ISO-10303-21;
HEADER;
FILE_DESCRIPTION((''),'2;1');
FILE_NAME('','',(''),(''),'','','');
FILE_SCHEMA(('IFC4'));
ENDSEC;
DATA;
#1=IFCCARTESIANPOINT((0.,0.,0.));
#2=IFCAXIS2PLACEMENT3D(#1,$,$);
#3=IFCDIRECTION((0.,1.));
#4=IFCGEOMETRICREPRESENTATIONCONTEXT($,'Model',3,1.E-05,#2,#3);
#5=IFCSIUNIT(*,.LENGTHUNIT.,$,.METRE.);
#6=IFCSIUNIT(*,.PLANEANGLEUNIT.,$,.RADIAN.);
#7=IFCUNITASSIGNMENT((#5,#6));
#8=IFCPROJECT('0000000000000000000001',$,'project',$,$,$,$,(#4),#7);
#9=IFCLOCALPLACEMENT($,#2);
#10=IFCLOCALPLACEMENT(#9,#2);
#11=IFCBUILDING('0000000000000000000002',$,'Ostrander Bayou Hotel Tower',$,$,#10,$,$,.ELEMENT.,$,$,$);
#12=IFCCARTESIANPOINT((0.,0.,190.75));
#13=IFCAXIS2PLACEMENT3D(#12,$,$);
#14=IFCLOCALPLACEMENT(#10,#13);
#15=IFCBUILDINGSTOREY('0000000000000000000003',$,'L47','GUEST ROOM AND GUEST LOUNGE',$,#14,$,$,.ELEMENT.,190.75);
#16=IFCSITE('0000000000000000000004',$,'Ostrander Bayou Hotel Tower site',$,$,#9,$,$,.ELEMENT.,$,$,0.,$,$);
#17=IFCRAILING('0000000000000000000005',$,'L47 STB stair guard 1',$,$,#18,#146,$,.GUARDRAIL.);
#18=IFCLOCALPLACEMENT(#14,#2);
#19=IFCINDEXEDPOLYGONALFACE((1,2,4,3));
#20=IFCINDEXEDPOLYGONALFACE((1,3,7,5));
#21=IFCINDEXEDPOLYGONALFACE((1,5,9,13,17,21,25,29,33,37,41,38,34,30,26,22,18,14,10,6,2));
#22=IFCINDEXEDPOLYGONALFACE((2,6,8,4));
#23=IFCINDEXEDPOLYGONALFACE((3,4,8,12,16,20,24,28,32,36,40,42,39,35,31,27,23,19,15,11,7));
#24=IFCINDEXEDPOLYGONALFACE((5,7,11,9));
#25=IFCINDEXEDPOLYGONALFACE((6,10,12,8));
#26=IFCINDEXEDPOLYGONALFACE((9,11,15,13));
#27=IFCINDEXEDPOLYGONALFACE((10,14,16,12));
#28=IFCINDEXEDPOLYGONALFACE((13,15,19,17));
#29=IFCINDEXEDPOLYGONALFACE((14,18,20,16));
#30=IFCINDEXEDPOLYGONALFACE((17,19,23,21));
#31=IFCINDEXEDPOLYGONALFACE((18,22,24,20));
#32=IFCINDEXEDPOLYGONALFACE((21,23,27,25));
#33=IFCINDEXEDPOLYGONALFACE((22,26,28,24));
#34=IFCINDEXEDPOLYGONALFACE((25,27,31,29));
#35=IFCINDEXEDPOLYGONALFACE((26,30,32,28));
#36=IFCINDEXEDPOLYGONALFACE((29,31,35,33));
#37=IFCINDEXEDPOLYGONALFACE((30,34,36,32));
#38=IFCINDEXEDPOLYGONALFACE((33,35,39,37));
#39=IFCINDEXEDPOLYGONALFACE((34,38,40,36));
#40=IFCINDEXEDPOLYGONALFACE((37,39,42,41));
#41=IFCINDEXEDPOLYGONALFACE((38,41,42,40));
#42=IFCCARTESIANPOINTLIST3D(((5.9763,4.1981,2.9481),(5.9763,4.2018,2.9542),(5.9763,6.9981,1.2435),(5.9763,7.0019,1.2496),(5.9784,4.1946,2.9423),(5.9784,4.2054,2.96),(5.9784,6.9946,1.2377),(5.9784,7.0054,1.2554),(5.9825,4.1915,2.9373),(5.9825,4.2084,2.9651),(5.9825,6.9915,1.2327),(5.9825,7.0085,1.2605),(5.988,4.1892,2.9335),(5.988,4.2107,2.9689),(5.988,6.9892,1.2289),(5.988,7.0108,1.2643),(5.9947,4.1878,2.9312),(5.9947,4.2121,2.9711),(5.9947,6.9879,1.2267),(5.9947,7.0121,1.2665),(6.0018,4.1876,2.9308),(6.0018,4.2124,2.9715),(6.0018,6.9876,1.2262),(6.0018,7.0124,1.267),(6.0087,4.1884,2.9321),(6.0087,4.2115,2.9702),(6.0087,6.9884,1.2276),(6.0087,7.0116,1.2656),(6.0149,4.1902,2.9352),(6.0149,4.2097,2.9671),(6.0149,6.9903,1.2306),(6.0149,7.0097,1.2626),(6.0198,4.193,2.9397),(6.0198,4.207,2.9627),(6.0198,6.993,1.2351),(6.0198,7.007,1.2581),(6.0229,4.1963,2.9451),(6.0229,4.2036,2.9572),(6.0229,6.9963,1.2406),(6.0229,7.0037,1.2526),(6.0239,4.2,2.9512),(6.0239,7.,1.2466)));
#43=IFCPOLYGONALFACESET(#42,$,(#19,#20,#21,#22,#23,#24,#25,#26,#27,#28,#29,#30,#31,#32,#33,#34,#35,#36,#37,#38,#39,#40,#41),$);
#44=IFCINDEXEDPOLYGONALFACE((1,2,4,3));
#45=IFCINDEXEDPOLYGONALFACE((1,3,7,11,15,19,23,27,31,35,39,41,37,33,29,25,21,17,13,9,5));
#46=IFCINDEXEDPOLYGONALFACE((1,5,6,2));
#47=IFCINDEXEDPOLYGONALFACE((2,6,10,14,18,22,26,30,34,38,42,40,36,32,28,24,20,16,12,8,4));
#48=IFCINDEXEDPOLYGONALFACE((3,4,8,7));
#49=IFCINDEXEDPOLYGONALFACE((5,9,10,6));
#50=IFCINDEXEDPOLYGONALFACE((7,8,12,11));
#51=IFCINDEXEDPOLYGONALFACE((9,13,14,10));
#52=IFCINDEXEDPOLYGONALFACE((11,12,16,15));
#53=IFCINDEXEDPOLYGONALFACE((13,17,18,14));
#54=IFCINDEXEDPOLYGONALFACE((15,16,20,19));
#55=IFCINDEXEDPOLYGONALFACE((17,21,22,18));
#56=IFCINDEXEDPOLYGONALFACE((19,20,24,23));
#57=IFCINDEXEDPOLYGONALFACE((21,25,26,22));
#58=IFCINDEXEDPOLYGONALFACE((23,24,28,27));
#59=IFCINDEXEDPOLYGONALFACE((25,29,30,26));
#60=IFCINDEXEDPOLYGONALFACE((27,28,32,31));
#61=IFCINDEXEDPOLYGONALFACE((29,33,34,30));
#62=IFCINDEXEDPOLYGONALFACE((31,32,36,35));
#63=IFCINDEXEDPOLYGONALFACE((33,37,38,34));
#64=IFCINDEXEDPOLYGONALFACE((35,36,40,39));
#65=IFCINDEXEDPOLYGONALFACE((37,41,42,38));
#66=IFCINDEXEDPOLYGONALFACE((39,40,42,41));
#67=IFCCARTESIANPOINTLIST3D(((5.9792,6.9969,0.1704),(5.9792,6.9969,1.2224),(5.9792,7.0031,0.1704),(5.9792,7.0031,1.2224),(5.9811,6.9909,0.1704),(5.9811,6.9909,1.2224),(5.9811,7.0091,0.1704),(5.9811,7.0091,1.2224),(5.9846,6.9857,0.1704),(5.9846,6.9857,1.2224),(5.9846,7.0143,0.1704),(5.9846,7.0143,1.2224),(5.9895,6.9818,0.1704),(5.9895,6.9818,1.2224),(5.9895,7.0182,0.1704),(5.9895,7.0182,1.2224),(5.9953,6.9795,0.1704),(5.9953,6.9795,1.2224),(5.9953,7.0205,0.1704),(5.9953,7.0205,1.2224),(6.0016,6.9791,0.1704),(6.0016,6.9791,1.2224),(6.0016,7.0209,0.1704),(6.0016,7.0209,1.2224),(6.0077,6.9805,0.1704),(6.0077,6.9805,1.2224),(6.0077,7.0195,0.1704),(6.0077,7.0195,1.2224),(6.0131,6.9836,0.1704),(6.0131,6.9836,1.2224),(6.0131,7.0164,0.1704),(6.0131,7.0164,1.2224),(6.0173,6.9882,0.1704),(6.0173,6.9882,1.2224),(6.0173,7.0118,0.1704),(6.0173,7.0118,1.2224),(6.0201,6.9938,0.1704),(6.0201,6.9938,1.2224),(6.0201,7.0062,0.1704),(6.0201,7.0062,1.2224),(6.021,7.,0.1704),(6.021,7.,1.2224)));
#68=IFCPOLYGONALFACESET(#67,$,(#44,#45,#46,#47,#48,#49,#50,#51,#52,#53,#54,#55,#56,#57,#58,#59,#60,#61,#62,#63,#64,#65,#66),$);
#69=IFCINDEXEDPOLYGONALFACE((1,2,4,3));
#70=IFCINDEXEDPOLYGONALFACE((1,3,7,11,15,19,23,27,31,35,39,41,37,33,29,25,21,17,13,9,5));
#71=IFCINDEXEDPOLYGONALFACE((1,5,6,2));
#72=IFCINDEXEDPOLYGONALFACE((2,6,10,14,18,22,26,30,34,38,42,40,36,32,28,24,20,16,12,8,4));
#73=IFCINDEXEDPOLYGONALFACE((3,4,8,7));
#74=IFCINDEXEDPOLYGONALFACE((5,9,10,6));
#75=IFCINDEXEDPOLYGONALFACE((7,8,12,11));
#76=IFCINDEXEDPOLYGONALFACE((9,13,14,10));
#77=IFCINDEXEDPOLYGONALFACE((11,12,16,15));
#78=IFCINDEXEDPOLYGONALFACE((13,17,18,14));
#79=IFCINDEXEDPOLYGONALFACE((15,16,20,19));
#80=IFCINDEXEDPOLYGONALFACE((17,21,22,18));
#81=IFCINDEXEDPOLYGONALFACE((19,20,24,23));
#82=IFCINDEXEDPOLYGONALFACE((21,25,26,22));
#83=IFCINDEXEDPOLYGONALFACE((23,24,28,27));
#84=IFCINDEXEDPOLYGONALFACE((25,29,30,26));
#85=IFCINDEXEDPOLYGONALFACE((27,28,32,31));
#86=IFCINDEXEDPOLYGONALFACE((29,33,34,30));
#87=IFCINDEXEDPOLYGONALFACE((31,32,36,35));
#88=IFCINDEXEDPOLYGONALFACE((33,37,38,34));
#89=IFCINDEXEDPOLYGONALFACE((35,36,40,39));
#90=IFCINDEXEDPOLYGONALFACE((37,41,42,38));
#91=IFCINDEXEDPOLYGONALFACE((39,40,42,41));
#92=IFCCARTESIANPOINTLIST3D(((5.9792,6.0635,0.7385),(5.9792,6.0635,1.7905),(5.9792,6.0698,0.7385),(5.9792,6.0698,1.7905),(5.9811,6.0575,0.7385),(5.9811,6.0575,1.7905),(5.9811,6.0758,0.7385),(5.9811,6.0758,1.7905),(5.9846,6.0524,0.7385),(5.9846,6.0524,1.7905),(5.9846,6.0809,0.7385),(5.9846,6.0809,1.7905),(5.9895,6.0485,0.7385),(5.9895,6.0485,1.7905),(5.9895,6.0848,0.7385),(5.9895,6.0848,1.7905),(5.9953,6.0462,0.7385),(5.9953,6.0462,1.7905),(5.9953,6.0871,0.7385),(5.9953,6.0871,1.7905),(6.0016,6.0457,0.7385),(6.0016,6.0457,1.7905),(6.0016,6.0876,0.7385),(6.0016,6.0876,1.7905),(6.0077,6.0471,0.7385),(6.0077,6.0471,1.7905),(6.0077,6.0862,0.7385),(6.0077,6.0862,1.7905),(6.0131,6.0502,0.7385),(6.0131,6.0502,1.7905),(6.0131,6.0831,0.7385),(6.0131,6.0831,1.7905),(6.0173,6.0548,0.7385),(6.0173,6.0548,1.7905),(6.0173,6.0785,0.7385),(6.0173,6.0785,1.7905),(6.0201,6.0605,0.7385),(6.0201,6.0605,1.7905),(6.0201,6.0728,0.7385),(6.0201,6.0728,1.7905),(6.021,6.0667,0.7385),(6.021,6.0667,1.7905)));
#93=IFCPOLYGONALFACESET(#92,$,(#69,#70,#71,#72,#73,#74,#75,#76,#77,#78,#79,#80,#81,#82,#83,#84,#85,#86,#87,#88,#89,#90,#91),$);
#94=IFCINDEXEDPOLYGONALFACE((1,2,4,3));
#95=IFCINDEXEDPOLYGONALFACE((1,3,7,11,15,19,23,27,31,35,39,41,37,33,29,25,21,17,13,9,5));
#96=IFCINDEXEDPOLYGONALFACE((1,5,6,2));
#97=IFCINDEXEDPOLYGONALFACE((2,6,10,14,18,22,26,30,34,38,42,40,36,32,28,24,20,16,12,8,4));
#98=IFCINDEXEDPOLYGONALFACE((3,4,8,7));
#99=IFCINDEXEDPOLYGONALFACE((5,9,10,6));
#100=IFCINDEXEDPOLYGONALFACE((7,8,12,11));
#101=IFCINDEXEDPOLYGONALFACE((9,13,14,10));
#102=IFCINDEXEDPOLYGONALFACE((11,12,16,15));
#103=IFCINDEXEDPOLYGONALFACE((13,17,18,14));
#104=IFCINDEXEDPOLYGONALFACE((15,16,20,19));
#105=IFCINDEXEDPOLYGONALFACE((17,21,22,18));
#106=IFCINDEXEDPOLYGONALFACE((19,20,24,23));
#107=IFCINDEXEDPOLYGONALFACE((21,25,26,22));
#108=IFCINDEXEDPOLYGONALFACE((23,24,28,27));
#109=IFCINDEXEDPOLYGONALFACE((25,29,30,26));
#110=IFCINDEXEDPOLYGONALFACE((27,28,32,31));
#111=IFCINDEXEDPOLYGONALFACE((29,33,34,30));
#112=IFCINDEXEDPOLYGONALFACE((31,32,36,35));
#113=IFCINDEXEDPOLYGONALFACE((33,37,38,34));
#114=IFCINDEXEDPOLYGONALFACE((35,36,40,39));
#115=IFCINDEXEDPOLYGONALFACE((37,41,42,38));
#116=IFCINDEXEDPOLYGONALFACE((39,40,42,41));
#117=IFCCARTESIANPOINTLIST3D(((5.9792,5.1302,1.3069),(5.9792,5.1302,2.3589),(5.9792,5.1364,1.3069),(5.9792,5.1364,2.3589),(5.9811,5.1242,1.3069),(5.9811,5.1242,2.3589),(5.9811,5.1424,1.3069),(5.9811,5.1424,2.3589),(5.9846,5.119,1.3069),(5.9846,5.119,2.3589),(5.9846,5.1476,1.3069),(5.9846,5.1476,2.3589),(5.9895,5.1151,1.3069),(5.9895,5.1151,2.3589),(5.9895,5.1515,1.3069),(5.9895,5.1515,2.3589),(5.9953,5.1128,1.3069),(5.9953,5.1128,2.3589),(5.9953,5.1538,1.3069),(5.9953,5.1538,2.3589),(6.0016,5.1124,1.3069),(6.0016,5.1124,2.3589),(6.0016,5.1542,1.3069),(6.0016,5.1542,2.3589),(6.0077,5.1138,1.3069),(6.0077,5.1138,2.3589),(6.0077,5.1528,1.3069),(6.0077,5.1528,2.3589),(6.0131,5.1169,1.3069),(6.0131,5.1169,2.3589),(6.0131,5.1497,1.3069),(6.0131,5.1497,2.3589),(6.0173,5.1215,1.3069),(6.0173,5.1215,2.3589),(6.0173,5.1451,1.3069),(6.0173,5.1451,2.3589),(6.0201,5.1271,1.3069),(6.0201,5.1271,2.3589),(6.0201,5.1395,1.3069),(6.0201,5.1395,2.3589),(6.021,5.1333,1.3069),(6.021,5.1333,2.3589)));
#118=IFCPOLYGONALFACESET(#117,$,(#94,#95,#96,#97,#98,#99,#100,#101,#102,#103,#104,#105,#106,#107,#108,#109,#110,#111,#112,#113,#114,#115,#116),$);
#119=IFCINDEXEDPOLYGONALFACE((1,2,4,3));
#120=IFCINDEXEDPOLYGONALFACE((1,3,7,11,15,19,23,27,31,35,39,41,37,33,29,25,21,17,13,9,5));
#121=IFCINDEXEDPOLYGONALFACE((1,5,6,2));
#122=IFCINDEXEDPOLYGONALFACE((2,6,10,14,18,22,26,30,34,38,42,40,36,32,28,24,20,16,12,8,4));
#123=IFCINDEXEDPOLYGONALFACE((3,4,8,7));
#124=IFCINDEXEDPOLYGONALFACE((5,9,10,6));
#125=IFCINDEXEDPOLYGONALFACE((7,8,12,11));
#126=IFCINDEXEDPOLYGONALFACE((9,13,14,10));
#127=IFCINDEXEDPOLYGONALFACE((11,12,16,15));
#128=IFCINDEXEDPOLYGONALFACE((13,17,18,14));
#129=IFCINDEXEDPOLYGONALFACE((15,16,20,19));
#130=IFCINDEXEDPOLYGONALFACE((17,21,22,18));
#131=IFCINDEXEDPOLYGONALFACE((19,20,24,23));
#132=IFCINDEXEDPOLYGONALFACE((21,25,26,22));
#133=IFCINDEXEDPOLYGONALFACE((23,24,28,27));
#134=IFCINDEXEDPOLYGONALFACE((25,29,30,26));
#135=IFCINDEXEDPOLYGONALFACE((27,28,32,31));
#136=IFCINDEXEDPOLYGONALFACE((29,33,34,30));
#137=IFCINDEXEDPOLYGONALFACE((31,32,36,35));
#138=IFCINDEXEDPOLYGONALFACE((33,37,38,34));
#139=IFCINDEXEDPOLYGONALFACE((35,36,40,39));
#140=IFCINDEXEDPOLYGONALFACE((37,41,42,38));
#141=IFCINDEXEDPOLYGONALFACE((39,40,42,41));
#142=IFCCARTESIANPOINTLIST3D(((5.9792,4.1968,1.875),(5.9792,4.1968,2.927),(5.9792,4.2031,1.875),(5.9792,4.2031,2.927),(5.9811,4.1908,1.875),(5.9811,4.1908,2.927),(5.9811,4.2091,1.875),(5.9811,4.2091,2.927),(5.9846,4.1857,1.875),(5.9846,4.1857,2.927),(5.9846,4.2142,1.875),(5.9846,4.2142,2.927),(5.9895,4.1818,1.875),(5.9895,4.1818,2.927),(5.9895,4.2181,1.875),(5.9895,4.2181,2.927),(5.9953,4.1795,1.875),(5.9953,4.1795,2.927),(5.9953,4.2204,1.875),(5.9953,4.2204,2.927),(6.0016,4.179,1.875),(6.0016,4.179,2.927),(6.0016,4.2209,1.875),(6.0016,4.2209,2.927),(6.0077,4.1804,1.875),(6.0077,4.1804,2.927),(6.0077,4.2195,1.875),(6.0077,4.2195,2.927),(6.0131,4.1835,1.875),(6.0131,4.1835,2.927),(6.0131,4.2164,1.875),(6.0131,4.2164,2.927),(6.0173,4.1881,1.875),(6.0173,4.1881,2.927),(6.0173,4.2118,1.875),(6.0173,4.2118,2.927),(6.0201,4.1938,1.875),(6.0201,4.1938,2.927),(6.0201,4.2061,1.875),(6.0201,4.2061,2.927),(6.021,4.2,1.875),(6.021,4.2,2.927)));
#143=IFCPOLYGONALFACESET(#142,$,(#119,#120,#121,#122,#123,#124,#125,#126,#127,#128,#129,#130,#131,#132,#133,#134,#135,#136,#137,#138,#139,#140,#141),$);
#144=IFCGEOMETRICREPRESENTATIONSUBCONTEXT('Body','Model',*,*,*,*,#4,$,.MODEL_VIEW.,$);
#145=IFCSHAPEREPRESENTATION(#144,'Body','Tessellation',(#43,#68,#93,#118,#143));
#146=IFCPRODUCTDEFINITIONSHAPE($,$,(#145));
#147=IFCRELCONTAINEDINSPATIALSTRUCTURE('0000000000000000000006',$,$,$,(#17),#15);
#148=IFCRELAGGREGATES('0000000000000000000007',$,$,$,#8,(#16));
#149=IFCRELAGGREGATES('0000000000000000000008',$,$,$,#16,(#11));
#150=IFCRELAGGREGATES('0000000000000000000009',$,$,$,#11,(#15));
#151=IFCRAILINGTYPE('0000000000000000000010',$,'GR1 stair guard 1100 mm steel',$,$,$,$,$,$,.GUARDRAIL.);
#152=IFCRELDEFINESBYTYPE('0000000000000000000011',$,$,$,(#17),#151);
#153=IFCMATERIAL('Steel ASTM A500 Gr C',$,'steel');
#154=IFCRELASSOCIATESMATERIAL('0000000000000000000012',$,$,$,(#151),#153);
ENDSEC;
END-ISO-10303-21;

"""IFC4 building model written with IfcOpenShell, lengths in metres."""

from ifc_helpers import new_model, si_unit, direction, frame, origin, origin_2d, place, context, subcontext, project, spatial, circle, extrude, material, type_object, element, save


model = new_model("IFC4")

# Units and contexts
model_context = context("Model", 3, precision=1e-05, world=origin(), true_north=direction((0.0, 1.0)))
body_context = subcontext(model_context, "Body", "Model", "MODEL_VIEW")
ifc_project = project(units=[si_unit("LENGTHUNIT", "METRE"), si_unit("PLANEANGLEUNIT", "RADIAN")], contexts=[model_context])

# Site, building, storey
site_placement = place(None, origin())
site = spatial("IfcSite", under=ifc_project, at=site_placement, Name="Ostrander Bayou Hotel Tower site", CompositionType="ELEMENT", RefElevation=0.0)
building_placement = place(site_placement, origin())
building = spatial("IfcBuilding", under=site, at=building_placement, Name="Ostrander Bayou Hotel Tower", CompositionType="ELEMENT")
storey_placement = place(building_placement, frame((0.0, 0.0, 190.75)))
storey = spatial("IfcBuildingStorey", under=building, at=storey_placement, Name="L47", Description="GUEST ROOM AND GUEST LOUNGE", CompositionType="ELEMENT", Elevation=190.75)

# Railing
ifc_material_1 = material(Name="Steel ASTM A500 Gr C", Category="steel")
railing_type_1 = type_object("IfcRailingType", Name="GR1 stair guard 1100 mm steel", PredefinedType="GUARDRAIL", material=ifc_material_1)
railing_1_placement = place(storey_placement, frame((6.0, 7.0, 0.1704)))
element("IfcRailing", 1, at=railing_1_placement, inside=storey, type_object=railing_type_1, Name="L47 STB stair guard 1", PredefinedType="GUARDRAIL", context=body_context, shape_type="SweptSolid", body=[
    extrude(circle(Radius=0.0239, at=origin_2d()), frame((0.0, 0.0, 1.0762), z_axis=(0.0, -0.85417, 0.519994), x_axis=(1.0, 0.0, 0.0)), (0.0, 0.0, 1.0), 3.2781),
    extrude(circle(Radius=0.021, at=origin_2d()), origin(), (0.0, 0.0, 1.0), 1.052),
    extrude(circle(Radius=0.021, at=origin_2d()), frame((0.0, -0.9333, 0.5681)), (0.0, 0.0, 1.0), 1.052),
    extrude(circle(Radius=0.021, at=origin_2d()), frame((0.0, -1.8667, 1.1365)), (0.0, 0.0, 1.0), 1.052),
    extrude(circle(Radius=0.021, at=origin_2d()), frame((0.0, -2.8, 1.7046)), (0.0, 0.0, 1.0), 1.052),
])

save(model, "model.ifc")
